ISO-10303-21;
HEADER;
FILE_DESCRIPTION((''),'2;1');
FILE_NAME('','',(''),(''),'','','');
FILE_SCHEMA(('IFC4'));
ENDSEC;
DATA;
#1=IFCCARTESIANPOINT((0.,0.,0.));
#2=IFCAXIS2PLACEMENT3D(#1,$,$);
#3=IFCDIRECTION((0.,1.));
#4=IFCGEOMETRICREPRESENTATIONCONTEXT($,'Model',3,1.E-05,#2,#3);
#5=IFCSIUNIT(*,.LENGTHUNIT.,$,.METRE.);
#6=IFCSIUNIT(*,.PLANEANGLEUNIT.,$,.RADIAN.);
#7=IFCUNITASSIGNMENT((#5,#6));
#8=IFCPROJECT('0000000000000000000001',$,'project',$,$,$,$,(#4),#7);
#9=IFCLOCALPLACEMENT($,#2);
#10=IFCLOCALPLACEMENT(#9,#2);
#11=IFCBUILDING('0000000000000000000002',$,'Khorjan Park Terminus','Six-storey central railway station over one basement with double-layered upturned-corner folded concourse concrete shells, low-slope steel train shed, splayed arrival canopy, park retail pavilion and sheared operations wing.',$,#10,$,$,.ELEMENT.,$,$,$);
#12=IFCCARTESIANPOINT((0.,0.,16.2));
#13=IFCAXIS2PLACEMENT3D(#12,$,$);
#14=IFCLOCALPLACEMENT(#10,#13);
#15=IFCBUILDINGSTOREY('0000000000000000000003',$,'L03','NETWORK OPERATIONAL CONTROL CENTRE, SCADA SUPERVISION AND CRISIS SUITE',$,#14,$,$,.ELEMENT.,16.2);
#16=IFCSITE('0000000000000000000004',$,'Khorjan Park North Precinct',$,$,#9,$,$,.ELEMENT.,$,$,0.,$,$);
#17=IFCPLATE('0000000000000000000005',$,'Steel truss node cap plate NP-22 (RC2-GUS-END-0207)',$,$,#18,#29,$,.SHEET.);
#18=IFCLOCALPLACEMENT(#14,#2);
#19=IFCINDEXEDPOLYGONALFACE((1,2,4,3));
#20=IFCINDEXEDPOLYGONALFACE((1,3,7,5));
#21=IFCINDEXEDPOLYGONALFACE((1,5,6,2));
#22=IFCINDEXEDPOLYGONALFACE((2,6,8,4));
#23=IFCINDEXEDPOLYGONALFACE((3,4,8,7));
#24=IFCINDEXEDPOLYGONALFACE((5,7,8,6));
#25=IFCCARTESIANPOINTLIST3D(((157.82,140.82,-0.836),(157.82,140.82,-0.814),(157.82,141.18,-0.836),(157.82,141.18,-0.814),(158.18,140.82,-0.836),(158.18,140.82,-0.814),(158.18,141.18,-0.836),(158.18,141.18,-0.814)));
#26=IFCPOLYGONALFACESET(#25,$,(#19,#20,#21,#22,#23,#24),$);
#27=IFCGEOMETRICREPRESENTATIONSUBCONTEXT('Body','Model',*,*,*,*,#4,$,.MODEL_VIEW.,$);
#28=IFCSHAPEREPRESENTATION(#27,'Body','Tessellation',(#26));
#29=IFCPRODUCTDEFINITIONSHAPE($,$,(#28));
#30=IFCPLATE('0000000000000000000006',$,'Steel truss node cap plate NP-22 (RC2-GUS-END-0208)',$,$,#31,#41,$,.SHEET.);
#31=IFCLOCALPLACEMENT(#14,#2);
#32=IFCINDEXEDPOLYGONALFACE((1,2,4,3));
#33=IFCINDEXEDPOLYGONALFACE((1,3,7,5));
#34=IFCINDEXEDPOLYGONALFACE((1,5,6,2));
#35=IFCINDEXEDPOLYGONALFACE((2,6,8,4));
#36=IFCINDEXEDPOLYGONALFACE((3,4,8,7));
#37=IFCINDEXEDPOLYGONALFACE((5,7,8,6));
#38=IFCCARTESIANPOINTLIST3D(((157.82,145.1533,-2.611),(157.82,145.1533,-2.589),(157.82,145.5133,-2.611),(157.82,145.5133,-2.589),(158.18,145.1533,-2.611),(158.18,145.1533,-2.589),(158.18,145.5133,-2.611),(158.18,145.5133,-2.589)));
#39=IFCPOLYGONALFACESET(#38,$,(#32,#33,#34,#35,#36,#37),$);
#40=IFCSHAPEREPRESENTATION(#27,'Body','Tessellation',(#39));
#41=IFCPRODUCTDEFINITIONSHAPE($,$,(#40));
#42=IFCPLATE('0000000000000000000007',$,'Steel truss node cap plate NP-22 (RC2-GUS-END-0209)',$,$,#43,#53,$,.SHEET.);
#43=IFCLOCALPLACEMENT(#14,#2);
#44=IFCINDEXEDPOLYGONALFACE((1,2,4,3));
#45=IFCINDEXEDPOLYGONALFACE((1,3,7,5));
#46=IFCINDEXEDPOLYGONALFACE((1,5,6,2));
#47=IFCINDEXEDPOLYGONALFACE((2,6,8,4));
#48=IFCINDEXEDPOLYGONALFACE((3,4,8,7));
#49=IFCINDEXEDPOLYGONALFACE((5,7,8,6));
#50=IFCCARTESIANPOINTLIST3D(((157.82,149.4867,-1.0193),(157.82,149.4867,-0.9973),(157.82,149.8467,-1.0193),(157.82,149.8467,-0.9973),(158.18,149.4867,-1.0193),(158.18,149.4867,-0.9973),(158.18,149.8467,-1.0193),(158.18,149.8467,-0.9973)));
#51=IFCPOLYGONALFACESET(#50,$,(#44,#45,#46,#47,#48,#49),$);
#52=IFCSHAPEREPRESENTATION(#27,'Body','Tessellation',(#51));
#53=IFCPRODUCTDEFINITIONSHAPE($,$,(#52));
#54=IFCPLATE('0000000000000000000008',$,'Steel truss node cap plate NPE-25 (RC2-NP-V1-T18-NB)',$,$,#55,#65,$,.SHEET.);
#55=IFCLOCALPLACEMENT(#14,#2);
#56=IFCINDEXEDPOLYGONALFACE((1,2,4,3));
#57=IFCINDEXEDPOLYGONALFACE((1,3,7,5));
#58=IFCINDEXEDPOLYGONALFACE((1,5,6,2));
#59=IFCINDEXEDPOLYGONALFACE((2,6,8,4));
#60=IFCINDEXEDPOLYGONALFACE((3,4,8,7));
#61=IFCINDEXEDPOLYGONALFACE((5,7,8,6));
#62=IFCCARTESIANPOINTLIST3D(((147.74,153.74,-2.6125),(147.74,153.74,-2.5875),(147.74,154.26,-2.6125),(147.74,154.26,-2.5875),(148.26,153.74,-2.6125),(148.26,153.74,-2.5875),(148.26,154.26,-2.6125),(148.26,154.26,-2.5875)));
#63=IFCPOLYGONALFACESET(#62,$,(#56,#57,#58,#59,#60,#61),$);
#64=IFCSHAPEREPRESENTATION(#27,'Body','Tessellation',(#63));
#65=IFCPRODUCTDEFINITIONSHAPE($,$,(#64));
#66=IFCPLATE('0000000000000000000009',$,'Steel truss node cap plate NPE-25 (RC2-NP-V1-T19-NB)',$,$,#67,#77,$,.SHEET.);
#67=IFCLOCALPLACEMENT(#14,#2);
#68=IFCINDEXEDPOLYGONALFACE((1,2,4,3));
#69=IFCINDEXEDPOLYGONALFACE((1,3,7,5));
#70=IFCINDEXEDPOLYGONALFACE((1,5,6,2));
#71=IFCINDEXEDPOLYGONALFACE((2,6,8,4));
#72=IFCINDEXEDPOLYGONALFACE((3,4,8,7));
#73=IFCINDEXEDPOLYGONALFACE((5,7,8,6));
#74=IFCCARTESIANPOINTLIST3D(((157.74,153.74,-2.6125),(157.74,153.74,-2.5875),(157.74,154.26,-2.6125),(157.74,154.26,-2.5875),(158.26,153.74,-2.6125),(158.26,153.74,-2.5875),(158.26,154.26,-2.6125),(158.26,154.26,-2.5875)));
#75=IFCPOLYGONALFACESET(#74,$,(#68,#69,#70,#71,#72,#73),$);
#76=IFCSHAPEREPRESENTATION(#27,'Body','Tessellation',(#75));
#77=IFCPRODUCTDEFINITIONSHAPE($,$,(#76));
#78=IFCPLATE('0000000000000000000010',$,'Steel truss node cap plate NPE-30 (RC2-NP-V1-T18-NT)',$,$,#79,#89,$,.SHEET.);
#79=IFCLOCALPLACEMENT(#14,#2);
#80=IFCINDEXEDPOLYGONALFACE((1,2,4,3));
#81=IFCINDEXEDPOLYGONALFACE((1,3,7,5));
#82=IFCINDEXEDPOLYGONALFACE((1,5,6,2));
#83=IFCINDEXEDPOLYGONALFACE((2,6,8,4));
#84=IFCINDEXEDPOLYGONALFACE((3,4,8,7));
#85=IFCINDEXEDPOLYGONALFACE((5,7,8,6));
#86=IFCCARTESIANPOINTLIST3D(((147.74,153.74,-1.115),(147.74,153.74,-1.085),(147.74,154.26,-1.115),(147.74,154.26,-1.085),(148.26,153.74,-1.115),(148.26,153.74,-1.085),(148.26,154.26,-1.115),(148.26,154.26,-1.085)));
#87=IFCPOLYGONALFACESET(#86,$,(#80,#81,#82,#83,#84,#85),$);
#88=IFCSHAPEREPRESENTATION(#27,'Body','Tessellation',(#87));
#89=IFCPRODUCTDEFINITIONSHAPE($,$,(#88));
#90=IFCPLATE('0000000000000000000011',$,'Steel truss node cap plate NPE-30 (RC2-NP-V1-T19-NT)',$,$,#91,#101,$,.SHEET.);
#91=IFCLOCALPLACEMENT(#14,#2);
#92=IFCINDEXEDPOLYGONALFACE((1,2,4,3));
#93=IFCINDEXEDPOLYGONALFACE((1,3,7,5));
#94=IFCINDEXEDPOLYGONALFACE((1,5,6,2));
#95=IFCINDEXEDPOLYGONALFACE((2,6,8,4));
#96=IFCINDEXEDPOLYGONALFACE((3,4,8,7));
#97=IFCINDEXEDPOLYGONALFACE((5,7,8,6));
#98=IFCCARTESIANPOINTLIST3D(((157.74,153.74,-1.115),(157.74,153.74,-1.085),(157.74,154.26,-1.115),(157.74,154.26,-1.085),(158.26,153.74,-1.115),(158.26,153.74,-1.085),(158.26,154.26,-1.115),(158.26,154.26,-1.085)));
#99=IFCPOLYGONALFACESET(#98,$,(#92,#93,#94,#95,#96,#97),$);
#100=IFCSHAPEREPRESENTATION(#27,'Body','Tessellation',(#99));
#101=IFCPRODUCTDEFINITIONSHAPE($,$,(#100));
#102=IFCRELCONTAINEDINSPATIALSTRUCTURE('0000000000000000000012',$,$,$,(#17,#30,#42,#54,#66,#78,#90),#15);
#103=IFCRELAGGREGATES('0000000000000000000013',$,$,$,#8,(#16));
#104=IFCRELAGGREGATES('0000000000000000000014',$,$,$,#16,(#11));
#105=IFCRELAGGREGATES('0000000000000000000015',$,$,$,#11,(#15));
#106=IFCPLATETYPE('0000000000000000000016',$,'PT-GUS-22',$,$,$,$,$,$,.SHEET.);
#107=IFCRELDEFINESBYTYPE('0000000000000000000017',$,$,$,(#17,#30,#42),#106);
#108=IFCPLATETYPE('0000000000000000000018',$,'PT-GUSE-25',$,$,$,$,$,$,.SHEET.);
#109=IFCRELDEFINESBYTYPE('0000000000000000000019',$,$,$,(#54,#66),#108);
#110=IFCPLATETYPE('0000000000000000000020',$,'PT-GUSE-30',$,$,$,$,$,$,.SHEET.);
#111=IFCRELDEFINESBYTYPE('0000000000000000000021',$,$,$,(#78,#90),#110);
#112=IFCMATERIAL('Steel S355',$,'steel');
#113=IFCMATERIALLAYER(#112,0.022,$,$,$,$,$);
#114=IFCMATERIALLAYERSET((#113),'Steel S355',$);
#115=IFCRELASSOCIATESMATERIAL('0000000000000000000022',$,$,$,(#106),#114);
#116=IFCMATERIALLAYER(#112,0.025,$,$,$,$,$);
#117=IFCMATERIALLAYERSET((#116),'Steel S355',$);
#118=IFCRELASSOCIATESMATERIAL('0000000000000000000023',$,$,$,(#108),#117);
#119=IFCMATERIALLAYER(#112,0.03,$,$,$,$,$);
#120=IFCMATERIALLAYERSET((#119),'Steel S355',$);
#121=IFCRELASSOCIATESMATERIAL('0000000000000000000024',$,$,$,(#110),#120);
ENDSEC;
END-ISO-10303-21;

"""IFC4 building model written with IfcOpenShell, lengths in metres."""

from ifc_helpers import new_model, si_unit, direction, frame, origin, origin_2d, place, context, subcontext, project, spatial, rectangle, extrude, material, layer, layer_set, type_object, element, save


model = new_model("IFC4")

# Units and contexts
model_context = context("Model", 3, precision=1e-05, world=origin(), true_north=direction((0.0, 1.0)))
body_context = subcontext(model_context, "Body", "Model", "MODEL_VIEW")
ifc_project = project(units=[si_unit("LENGTHUNIT", "METRE"), si_unit("PLANEANGLEUNIT", "RADIAN")], contexts=[model_context])

# Site, building, storey
site_placement = place(None, origin())
site = spatial("IfcSite", under=ifc_project, at=site_placement, Name="Khorjan Park North Precinct", CompositionType="ELEMENT", RefElevation=0.0)
building_placement = place(site_placement, origin())
building = spatial("IfcBuilding", under=site, at=building_placement, Name="Khorjan Park Terminus", Description="Six-storey central railway station over one basement with double-layered upturned-corner folded concourse concrete shells, low-slope steel train shed, splayed arrival canopy, park retail pavilion and sheared operations wing.", CompositionType="ELEMENT")
storey_placement = place(building_placement, frame((0.0, 0.0, 16.2)))
storey = spatial("IfcBuildingStorey", under=building, at=storey_placement, Name="L03", Description="NETWORK OPERATIONAL CONTROL CENTRE, SCADA SUPERVISION AND CRISIS SUITE", CompositionType="ELEMENT", Elevation=16.2)

# Shared definitions
ifc_material = material(Name="Steel S355", Category="steel")

# Plates
ifc_layer_1 = layer(ifc_material, 0.022)
ifc_layer_set_1 = layer_set([ifc_layer_1], Name="Steel S355")
plate_type_1 = type_object("IfcPlateType", Name="PT-GUS-22", PredefinedType="SHEET", material=ifc_layer_set_1)
for number, where, z_axis, x_axis, name in (
    (1, (158.0, 141.0, -0.836), (0.0, 0.0, 1.0), (1.0, 0.0, 0.0), "Steel truss node cap plate NP-22 (RC2-GUS-END-0207)"),
    (2, (158.0, 145.3333, -2.611), (0.0, 0.0, 1.0), (1.0, 0.0, 0.0), "Steel truss node cap plate NP-22 (RC2-GUS-END-0208)"),
    (3, (158.0, 149.6667, -1.0193), (0.0, 0.0, 1.0), (1.0, 0.0, 0.0), "Steel truss node cap plate NP-22 (RC2-GUS-END-0209)"),
):
    element("IfcPlate", number, at=place(storey_placement, frame(where, z_axis=z_axis, x_axis=x_axis)), inside=storey, type_object=plate_type_1, Name=name, PredefinedType="SHEET", context=body_context, shape_type="SweptSolid", body=[
        extrude(rectangle(XDim=0.36, YDim=0.36, at=origin_2d()), origin(), (0.0, 0.0, 1.0), 0.022),
    ])
ifc_layer_2 = layer(ifc_material, 0.025)
ifc_layer_set_2 = layer_set([ifc_layer_2], Name="Steel S355")
plate_type_2 = type_object("IfcPlateType", Name="PT-GUSE-25", PredefinedType="SHEET", material=ifc_layer_set_2)
for number, where, z_axis, x_axis, name in (
    (4, (148.0, 154.0, -2.6125), (0.0, 0.0, 1.0), (1.0, 0.0, 0.0), "Steel truss node cap plate NPE-25 (RC2-NP-V1-T18-NB)"),
    (5, (158.0, 154.0, -2.6125), (0.0, 0.0, 1.0), (1.0, 0.0, 0.0), "Steel truss node cap plate NPE-25 (RC2-NP-V1-T19-NB)"),
):
    element("IfcPlate", number, at=place(storey_placement, frame(where, z_axis=z_axis, x_axis=x_axis)), inside=storey, type_object=plate_type_2, Name=name, PredefinedType="SHEET", context=body_context, shape_type="SweptSolid", body=[
        extrude(rectangle(XDim=0.52, YDim=0.52, at=origin_2d()), origin(), (0.0, 0.0, 1.0), 0.025),
    ])
ifc_layer_3 = layer(ifc_material, 0.03)
ifc_layer_set_3 = layer_set([ifc_layer_3], Name="Steel S355")
plate_type_3 = type_object("IfcPlateType", Name="PT-GUSE-30", PredefinedType="SHEET", material=ifc_layer_set_3)
for number, where, z_axis, x_axis, name in (
    (6, (148.0, 154.0, -1.115), (0.0, 0.0, 1.0), (1.0, 0.0, 0.0), "Steel truss node cap plate NPE-30 (RC2-NP-V1-T18-NT)"),
    (7, (158.0, 154.0, -1.115), (0.0, 0.0, 1.0), (1.0, 0.0, 0.0), "Steel truss node cap plate NPE-30 (RC2-NP-V1-T19-NT)"),
):
    element("IfcPlate", number, at=place(storey_placement, frame(where, z_axis=z_axis, x_axis=x_axis)), inside=storey, type_object=plate_type_3, Name=name, PredefinedType="SHEET", context=body_context, shape_type="SweptSolid", body=[
        extrude(rectangle(XDim=0.52, YDim=0.52, at=origin_2d()), origin(), (0.0, 0.0, 1.0), 0.03),
    ])

save(model, "model.ifc")
